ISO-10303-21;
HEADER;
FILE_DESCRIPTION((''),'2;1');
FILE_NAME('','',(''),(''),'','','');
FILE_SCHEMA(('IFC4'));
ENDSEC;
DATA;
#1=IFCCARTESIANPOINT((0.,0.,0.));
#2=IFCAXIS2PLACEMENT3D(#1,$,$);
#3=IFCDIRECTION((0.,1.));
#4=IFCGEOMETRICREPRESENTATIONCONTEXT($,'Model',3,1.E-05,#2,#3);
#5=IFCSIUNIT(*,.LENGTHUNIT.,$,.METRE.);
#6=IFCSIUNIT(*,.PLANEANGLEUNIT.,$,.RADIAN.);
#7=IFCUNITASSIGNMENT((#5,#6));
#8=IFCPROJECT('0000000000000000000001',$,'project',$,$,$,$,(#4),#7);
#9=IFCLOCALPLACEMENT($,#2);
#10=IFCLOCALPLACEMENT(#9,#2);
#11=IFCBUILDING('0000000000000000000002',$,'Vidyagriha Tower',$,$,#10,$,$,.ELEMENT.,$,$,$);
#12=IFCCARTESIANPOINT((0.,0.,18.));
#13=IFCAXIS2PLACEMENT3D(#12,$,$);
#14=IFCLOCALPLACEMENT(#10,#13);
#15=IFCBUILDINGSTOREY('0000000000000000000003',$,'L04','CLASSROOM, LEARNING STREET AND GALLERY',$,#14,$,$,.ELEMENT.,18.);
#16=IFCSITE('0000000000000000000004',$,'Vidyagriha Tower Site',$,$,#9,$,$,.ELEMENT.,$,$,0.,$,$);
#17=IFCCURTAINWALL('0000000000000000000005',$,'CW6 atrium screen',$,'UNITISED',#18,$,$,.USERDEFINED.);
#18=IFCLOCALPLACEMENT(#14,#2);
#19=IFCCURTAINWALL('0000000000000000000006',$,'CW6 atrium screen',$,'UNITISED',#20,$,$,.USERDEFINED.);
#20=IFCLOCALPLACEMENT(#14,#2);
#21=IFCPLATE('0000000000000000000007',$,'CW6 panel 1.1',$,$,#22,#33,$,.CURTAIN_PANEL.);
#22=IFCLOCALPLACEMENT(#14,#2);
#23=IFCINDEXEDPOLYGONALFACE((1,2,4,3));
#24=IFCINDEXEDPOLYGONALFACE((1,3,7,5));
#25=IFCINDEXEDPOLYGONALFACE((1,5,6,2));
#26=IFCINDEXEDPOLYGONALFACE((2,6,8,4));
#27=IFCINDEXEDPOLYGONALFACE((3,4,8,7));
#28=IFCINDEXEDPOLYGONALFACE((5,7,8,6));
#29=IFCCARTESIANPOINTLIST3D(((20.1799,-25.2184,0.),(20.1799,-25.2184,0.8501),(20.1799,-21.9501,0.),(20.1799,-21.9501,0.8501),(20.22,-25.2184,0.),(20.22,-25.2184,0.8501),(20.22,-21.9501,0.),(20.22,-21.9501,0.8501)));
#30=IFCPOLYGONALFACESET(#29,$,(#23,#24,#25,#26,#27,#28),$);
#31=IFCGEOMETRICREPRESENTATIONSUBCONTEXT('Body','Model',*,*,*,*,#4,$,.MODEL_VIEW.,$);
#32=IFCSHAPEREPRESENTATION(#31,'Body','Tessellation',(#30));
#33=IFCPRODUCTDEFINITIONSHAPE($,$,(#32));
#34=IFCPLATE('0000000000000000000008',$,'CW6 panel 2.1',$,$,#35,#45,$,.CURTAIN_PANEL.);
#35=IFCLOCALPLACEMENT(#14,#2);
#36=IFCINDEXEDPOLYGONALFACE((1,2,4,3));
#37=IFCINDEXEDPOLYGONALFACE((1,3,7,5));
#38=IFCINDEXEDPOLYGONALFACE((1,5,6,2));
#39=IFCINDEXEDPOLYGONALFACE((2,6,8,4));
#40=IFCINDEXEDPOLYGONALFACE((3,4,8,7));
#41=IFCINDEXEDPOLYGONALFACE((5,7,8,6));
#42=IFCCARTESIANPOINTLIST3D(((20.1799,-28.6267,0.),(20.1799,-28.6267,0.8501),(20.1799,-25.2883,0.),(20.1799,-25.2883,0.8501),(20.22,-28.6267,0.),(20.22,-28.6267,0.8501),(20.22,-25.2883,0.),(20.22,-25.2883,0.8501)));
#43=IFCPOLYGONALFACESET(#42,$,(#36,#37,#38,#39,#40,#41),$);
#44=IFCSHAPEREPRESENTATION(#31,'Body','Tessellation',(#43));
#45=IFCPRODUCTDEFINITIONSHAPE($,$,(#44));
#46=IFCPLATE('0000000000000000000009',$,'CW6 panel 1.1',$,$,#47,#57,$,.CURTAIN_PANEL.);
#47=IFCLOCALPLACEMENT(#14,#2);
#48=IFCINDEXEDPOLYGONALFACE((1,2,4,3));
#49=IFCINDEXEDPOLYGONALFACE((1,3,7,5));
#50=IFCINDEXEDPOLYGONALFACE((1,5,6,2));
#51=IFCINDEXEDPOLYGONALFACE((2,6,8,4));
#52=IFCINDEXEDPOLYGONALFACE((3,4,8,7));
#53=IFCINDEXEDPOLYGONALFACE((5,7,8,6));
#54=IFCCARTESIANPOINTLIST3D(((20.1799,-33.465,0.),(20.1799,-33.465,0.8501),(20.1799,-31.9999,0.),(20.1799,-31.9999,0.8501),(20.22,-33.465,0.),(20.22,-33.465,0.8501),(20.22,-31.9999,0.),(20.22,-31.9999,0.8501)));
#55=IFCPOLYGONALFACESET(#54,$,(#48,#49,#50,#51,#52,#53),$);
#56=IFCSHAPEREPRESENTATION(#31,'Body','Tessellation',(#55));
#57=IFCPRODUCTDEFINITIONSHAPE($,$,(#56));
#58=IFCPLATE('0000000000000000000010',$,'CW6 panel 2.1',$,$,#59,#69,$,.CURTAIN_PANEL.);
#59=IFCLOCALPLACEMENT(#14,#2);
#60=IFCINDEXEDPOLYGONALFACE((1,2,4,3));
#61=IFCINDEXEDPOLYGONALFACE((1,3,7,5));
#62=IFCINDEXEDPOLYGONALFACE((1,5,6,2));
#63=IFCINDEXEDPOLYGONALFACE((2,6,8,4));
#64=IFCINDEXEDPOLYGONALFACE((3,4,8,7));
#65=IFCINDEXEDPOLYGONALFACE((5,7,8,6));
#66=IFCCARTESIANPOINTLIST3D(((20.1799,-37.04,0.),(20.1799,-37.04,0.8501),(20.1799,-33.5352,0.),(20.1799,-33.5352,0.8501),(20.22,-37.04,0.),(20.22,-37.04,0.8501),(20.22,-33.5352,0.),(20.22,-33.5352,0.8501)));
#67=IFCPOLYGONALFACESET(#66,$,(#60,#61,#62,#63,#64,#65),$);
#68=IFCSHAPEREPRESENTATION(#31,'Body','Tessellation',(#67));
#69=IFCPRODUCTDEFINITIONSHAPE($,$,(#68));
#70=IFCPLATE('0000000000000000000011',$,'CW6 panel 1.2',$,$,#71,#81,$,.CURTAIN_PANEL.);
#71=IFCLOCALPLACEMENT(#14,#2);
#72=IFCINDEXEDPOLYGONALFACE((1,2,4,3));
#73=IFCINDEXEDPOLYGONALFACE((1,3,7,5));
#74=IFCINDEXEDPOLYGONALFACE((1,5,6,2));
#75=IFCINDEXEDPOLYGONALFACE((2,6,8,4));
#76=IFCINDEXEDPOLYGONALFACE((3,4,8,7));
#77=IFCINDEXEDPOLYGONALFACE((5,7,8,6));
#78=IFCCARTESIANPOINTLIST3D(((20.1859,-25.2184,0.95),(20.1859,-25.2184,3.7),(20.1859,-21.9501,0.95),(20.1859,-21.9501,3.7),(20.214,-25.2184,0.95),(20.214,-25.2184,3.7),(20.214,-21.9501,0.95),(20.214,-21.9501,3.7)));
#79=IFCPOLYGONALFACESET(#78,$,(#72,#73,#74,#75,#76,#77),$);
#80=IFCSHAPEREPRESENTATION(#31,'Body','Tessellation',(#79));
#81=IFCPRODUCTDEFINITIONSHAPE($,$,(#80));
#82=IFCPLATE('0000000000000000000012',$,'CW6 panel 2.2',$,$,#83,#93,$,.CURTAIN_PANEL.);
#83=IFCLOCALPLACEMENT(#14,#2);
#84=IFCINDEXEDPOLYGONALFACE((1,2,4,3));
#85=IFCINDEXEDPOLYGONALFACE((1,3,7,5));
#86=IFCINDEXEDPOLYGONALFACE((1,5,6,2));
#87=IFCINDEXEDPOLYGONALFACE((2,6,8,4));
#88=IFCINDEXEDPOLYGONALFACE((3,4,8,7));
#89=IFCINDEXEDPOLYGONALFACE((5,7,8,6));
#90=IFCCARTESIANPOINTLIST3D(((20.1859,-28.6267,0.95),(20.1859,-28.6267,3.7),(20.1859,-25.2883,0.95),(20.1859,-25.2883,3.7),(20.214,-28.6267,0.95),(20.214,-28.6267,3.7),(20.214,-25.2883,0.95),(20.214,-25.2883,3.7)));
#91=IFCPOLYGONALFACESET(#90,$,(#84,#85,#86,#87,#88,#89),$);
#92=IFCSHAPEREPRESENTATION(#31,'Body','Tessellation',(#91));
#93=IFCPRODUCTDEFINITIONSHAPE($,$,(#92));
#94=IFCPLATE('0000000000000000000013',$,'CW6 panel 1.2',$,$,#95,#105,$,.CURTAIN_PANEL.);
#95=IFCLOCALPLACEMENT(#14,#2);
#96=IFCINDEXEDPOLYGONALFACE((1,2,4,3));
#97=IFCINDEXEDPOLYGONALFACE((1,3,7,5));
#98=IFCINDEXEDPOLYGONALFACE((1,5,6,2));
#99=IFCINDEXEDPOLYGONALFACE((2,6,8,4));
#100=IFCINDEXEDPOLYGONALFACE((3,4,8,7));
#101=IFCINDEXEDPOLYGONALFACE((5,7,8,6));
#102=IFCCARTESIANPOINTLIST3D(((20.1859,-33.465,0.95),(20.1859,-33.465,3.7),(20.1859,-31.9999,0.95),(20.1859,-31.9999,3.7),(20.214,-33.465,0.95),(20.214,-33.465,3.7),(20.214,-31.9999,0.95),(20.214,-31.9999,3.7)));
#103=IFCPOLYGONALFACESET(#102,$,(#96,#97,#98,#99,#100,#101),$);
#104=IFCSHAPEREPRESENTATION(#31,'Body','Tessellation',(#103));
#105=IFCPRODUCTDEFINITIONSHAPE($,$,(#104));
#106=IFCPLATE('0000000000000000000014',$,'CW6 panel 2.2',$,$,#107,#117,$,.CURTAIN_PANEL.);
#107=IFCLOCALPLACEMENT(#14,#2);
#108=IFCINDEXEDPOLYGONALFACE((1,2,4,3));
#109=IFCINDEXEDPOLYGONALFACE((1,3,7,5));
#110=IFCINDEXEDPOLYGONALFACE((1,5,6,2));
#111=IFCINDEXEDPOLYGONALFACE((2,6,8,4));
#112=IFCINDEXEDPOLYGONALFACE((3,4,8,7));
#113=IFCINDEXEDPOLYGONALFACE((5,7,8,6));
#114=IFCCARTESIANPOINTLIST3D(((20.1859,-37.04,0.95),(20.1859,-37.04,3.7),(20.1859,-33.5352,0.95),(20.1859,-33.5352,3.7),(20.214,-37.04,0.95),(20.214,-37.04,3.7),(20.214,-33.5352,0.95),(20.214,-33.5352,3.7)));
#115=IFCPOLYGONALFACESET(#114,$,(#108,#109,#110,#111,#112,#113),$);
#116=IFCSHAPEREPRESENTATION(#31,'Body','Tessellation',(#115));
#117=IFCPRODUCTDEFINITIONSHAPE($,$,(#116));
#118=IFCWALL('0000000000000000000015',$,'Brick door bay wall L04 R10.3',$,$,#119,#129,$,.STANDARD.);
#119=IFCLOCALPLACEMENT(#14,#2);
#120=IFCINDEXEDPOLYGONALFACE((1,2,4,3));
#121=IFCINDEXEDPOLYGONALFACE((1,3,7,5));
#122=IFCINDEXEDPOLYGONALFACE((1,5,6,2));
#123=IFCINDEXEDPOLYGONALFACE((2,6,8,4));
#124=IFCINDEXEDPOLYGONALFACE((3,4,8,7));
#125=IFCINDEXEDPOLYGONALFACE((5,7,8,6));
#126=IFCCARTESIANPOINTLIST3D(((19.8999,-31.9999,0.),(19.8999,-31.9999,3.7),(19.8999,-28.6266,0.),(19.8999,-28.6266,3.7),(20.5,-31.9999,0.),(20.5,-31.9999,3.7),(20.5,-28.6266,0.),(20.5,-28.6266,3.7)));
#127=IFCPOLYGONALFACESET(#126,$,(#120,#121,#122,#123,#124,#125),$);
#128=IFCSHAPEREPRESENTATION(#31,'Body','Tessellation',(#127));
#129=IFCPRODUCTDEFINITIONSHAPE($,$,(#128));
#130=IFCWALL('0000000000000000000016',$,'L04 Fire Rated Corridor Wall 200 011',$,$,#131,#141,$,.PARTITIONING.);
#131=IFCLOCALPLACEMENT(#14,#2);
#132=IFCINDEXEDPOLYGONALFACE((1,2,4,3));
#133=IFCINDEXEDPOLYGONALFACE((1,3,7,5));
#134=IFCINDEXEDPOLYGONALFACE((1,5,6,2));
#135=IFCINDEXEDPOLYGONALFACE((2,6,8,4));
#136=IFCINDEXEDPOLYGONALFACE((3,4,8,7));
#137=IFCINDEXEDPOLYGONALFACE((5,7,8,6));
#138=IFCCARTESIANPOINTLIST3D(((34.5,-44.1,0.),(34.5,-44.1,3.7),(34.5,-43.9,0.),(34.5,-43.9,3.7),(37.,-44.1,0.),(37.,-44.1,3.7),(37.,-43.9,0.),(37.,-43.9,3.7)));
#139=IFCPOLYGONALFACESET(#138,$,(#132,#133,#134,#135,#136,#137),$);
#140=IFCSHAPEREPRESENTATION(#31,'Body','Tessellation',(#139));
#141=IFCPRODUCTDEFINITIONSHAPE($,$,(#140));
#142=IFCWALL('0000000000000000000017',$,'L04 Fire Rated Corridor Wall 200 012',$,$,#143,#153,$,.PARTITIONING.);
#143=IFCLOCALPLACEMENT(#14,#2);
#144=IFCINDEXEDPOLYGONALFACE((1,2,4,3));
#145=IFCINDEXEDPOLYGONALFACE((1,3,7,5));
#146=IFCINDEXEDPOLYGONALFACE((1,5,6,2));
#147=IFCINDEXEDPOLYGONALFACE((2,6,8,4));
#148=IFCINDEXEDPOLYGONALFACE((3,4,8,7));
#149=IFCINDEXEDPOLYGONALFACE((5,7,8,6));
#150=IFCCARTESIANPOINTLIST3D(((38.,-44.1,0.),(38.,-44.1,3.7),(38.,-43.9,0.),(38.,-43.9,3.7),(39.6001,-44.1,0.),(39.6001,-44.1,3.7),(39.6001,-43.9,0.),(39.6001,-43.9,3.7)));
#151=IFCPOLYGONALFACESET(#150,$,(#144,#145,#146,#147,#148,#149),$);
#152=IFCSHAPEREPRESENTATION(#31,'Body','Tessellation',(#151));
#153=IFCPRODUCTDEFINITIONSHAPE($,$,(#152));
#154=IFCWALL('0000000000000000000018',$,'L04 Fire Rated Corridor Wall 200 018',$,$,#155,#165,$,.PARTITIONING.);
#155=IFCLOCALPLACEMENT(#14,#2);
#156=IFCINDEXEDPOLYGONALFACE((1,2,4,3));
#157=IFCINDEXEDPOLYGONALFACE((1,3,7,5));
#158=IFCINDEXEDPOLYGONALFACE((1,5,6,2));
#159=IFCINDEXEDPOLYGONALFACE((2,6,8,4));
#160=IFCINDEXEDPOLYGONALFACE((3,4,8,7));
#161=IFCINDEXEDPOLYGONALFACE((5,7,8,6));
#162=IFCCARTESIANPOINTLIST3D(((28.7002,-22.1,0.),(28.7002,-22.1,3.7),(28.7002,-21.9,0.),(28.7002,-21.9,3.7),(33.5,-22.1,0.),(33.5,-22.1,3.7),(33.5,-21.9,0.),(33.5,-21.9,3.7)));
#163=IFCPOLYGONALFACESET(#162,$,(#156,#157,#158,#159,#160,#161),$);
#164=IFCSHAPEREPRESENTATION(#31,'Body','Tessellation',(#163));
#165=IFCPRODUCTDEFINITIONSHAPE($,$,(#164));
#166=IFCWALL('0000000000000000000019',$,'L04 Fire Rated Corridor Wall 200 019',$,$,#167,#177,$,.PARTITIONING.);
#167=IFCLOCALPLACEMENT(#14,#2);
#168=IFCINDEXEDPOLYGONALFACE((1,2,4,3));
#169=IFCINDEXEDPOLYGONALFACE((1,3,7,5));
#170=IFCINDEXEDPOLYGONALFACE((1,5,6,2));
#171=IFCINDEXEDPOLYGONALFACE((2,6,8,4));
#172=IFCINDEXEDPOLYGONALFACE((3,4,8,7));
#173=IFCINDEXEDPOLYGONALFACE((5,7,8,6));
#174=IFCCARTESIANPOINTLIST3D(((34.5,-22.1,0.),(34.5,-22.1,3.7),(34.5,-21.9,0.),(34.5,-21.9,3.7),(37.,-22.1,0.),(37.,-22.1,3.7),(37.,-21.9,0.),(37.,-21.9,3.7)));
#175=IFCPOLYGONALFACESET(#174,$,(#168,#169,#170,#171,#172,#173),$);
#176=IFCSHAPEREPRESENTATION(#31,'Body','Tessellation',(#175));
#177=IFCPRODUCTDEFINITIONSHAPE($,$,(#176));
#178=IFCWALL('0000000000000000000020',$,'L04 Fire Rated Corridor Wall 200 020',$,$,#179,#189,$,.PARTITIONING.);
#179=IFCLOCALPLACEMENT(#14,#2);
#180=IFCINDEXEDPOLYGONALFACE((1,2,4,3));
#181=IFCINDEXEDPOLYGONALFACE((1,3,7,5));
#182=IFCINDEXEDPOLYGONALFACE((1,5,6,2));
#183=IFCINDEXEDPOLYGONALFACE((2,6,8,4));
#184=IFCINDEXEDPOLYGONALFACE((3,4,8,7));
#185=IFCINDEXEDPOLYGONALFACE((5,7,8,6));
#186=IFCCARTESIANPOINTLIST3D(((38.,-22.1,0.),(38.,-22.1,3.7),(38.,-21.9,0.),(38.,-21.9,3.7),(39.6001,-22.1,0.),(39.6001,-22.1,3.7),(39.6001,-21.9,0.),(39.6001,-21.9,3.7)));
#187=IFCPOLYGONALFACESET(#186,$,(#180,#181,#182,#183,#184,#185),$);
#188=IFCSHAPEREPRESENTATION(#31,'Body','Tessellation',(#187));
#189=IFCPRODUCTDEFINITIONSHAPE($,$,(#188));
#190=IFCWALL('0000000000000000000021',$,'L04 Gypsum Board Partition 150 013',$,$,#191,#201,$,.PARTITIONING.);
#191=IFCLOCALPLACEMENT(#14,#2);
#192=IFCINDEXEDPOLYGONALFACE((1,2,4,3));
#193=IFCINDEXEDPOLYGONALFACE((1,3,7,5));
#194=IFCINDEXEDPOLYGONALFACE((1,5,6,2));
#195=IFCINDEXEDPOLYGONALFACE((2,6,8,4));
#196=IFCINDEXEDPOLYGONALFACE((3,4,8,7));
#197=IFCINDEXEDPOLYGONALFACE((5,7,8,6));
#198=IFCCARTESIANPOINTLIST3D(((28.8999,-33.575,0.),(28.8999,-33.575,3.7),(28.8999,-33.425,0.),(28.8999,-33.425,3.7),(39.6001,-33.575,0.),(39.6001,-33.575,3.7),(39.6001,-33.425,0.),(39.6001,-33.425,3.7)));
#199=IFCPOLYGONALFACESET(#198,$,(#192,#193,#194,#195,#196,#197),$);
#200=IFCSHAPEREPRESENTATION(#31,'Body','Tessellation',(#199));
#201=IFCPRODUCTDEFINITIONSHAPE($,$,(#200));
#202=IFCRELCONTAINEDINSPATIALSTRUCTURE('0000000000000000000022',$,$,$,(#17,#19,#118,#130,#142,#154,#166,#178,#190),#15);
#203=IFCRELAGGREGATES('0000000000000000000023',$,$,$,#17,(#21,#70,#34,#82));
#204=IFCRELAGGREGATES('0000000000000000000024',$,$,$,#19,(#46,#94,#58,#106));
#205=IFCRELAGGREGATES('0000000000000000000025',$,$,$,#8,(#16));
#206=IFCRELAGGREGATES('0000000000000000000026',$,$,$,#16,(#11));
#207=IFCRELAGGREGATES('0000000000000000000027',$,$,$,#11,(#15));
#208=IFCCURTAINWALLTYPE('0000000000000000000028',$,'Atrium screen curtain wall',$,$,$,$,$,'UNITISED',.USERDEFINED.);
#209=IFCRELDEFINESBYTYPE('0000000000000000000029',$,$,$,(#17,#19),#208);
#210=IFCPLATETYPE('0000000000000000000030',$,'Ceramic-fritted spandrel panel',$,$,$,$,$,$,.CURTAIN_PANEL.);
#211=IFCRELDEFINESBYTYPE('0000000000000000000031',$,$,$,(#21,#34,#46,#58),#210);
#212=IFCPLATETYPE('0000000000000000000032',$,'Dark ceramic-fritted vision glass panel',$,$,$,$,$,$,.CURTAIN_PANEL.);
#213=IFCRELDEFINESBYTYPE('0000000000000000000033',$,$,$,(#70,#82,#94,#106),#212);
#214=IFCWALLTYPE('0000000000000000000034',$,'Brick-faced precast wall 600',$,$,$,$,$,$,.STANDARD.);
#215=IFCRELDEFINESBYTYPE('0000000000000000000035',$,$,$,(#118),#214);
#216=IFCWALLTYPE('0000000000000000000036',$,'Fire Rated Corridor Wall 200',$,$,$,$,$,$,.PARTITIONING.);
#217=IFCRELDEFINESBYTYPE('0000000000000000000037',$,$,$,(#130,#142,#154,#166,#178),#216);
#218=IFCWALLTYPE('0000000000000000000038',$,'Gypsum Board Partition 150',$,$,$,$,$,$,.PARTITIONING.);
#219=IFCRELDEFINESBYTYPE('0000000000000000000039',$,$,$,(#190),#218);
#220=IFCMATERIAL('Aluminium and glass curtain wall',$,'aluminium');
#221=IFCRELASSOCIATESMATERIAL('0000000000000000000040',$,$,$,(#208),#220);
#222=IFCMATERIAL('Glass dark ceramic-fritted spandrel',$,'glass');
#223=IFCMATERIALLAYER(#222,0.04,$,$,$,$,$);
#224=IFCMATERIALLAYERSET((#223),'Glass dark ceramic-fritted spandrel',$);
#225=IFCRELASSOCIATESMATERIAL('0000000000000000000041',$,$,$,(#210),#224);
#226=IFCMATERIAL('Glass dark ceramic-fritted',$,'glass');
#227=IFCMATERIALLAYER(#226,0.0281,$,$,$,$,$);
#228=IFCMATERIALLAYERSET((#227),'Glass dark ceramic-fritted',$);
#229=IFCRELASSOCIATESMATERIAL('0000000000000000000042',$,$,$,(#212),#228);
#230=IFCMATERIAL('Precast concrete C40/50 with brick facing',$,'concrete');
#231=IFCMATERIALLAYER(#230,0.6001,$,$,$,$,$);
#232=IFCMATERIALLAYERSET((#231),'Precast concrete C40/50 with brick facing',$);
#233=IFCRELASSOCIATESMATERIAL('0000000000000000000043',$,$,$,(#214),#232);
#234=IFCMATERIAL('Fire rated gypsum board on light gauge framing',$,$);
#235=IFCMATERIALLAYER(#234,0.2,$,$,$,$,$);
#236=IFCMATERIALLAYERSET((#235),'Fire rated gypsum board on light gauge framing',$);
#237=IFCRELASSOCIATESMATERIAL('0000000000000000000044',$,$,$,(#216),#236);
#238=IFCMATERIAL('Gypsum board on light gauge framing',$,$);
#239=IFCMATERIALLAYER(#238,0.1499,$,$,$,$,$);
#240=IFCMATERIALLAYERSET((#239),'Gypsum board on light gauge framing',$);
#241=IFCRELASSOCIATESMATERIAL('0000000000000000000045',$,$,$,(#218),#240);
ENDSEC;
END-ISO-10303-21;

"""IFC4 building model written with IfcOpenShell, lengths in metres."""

from ifc_helpers import new_model, si_unit, direction, frame, frame_2d, origin, origin_2d, place, context, subcontext, project, spatial, rectangle, extrude, material, layer, layer_set, type_object, element, aggregate, save


model = new_model("IFC4")

# Units and contexts
model_context = context("Model", 3, precision=1e-05, world=origin(), true_north=direction((0.0, 1.0)))
body_context = subcontext(model_context, "Body", "Model", "MODEL_VIEW")
ifc_project = project(units=[si_unit("LENGTHUNIT", "METRE"), si_unit("PLANEANGLEUNIT", "RADIAN")], contexts=[model_context])

# Site, building, storey
site_placement = place(None, origin())
site = spatial("IfcSite", under=ifc_project, at=site_placement, Name="Vidyagriha Tower Site", CompositionType="ELEMENT", RefElevation=0.0)
building_placement = place(site_placement, origin())
building = spatial("IfcBuilding", under=site, at=building_placement, Name="Vidyagriha Tower", CompositionType="ELEMENT")
storey_placement = place(building_placement, frame((0.0, 0.0, 18.0)))
storey = spatial("IfcBuildingStorey", under=building, at=storey_placement, Name="L04", Description="CLASSROOM, LEARNING STREET AND GALLERY", CompositionType="ELEMENT", Elevation=18.0)

# Curtain walls
ifc_material_1 = material(Name="Aluminium and glass curtain wall", Category="aluminium")
curtain_wall_type = type_object("IfcCurtainWallType", Name="Atrium screen curtain wall", ElementType="UNITISED", PredefinedType="USERDEFINED", material=ifc_material_1)
curtain_wall_1_placement = place(storey_placement, origin())
curtain_wall_1 = element("IfcCurtainWall", 1, at=curtain_wall_1_placement, inside=storey, type_object=curtain_wall_type, Name="CW6 atrium screen", ObjectType="UNITISED", PredefinedType="USERDEFINED")
curtain_wall_2_placement = place(storey_placement, origin())
curtain_wall_2 = element("IfcCurtainWall", 2, at=curtain_wall_2_placement, inside=storey, type_object=curtain_wall_type, Name="CW6 atrium screen", ObjectType="UNITISED", PredefinedType="USERDEFINED")

# Plates
ifc_material_2 = material(Name="Glass dark ceramic-fritted spandrel", Category="glass")
ifc_layer_1 = layer(ifc_material_2, 0.04)
ifc_layer_set_1 = layer_set([ifc_layer_1], Name="Glass dark ceramic-fritted spandrel")
plate_type_1 = type_object("IfcPlateType", Name="Ceramic-fritted spandrel panel", PredefinedType="CURTAIN_PANEL", material=ifc_layer_set_1)
plate_1_placement = place(storey_placement, frame((20.2, -23.5842, 0.0), z_axis=(0.0, 0.0, 1.0), x_axis=(0.0, -1.0, 0.0)))
plate_1 = element("IfcPlate", 3, at=plate_1_placement, type_object=plate_type_1, Name="CW6 panel 1.1", PredefinedType="CURTAIN_PANEL", context=body_context, shape_type="SweptSolid", body=[
    extrude(rectangle(XDim=3.2683, YDim=0.04, at=origin_2d()), origin(), (0.0, 0.0, 1.0), 0.8501),
])
plate_2_placement = place(storey_placement, frame((20.2, -26.9575, 0.0), z_axis=(0.0, 0.0, 1.0), x_axis=(0.0, -1.0, 0.0)))
plate_2 = element("IfcPlate", 4, at=plate_2_placement, type_object=plate_type_1, Name="CW6 panel 2.1", PredefinedType="CURTAIN_PANEL", context=body_context, shape_type="SweptSolid", body=[
    extrude(rectangle(XDim=3.3384, YDim=0.04, at=origin_2d()), origin(), (0.0, 0.0, 1.0), 0.8501),
])
plate_3_placement = place(storey_placement, frame((20.2, -32.7324, 0.0), z_axis=(0.0, 0.0, 1.0), x_axis=(0.0, -1.0, 0.0)))
plate_3 = element("IfcPlate", 5, at=plate_3_placement, type_object=plate_type_1, Name="CW6 panel 1.1", PredefinedType="CURTAIN_PANEL", context=body_context, shape_type="SweptSolid", body=[
    extrude(rectangle(XDim=1.4651, YDim=0.04, at=origin_2d()), origin(), (0.0, 0.0, 1.0), 0.8501),
])
plate_4_placement = place(storey_placement, frame((20.2, -35.2876, 0.0), z_axis=(0.0, 0.0, 1.0), x_axis=(0.0, -1.0, 0.0)))
plate_4 = element("IfcPlate", 6, at=plate_4_placement, type_object=plate_type_1, Name="CW6 panel 2.1", PredefinedType="CURTAIN_PANEL", context=body_context, shape_type="SweptSolid", body=[
    extrude(rectangle(XDim=3.5049, YDim=0.04, at=origin_2d()), origin(), (0.0, 0.0, 1.0), 0.8501),
])
ifc_material_3 = material(Name="Glass dark ceramic-fritted", Category="glass")
ifc_layer_2 = layer(ifc_material_3, 0.0281)
ifc_layer_set_2 = layer_set([ifc_layer_2], Name="Glass dark ceramic-fritted")
plate_type_2 = type_object("IfcPlateType", Name="Dark ceramic-fritted vision glass panel", PredefinedType="CURTAIN_PANEL", material=ifc_layer_set_2)
plate_5_placement = place(storey_placement, frame((20.2, -23.5842, 0.95), z_axis=(0.0, 0.0, 1.0), x_axis=(0.0, -1.0, 0.0)))
plate_5 = element("IfcPlate", 7, at=plate_5_placement, type_object=plate_type_2, Name="CW6 panel 1.2", PredefinedType="CURTAIN_PANEL", context=body_context, shape_type="SweptSolid", body=[
    extrude(rectangle(XDim=3.2683, YDim=0.0281, at=origin_2d()), origin(), (0.0, 0.0, 1.0), 2.75),
])
plate_6_placement = place(storey_placement, frame((20.2, -26.9575, 0.95), z_axis=(0.0, 0.0, 1.0), x_axis=(0.0, -1.0, 0.0)))
plate_6 = element("IfcPlate", 8, at=plate_6_placement, type_object=plate_type_2, Name="CW6 panel 2.2", PredefinedType="CURTAIN_PANEL", context=body_context, shape_type="SweptSolid", body=[
    extrude(rectangle(XDim=3.3384, YDim=0.0281, at=origin_2d()), origin(), (0.0, 0.0, 1.0), 2.75),
])
aggregate(curtain_wall_1, [plate_1, plate_5, plate_2, plate_6])
plate_7_placement = place(storey_placement, frame((20.2, -32.7324, 0.95), z_axis=(0.0, 0.0, 1.0), x_axis=(0.0, -1.0, 0.0)))
plate_7 = element("IfcPlate", 9, at=plate_7_placement, type_object=plate_type_2, Name="CW6 panel 1.2", PredefinedType="CURTAIN_PANEL", context=body_context, shape_type="SweptSolid", body=[
    extrude(rectangle(XDim=1.4651, YDim=0.0281, at=origin_2d()), origin(), (0.0, 0.0, 1.0), 2.75),
])
plate_8_placement = place(storey_placement, frame((20.2, -35.2876, 0.95), z_axis=(0.0, 0.0, 1.0), x_axis=(0.0, -1.0, 0.0)))
plate_8 = element("IfcPlate", 10, at=plate_8_placement, type_object=plate_type_2, Name="CW6 panel 2.2", PredefinedType="CURTAIN_PANEL", context=body_context, shape_type="SweptSolid", body=[
    extrude(rectangle(XDim=3.5049, YDim=0.0281, at=origin_2d()), origin(), (0.0, 0.0, 1.0), 2.75),
])
aggregate(curtain_wall_2, [plate_3, plate_7, plate_4, plate_8])

# Walls
ifc_material_4 = material(Name="Precast concrete C40/50 with brick facing", Category="concrete")
ifc_layer_3 = layer(ifc_material_4, 0.6001)
ifc_layer_set_3 = layer_set([ifc_layer_3], Name="Precast concrete C40/50 with brick facing")
wall_type_1 = type_object("IfcWallType", Name="Brick-faced precast wall 600", PredefinedType="STANDARD", material=ifc_layer_set_3)
wall_1_placement = place(storey_placement, frame((20.2, -28.6267, 0.0), z_axis=(0.0, 0.0, 1.0), x_axis=(0.0, -1.0, 0.0)))
element("IfcWall", 11, at=wall_1_placement, inside=storey, type_object=wall_type_1, Name="Brick door bay wall L04 R10.3", PredefinedType="STANDARD", context=body_context, shape_type="SweptSolid", body=[
    extrude(rectangle(XDim=3.3733, YDim=0.6001, at=frame_2d((1.6865, 0.0))), origin(), (0.0, 0.0, 1.0), 3.7),
])
ifc_material_5 = material(Name="Fire rated gypsum board on light gauge framing")
ifc_layer_4 = layer(ifc_material_5, 0.2)
ifc_layer_set_4 = layer_set([ifc_layer_4], Name="Fire rated gypsum board on light gauge framing")
wall_type_2 = type_object("IfcWallType", Name="Fire Rated Corridor Wall 200", PredefinedType="PARTITIONING", material=ifc_layer_set_4)
wall_2_placement = place(storey_placement, frame((34.5, -44.0, 0.0)))
element("IfcWall", 12, at=wall_2_placement, inside=storey, type_object=wall_type_2, Name="L04 Fire Rated Corridor Wall 200 011", PredefinedType="PARTITIONING", context=body_context, shape_type="SweptSolid", body=[
    extrude(rectangle(XDim=2.5, YDim=0.2, at=frame_2d((1.25, 0.0))), origin(), (0.0, 0.0, 1.0), 3.7),
])
wall_3_placement = place(storey_placement, frame((38.0, -44.0, 0.0)))
element("IfcWall", 13, at=wall_3_placement, inside=storey, type_object=wall_type_2, Name="L04 Fire Rated Corridor Wall 200 012", PredefinedType="PARTITIONING", context=body_context, shape_type="SweptSolid", body=[
    extrude(rectangle(XDim=1.6001, YDim=0.2, at=frame_2d((0.8, 0.0))), origin(), (0.0, 0.0, 1.0), 3.7),
])
wall_4_placement = place(storey_placement, frame((28.7002, -22.0, 0.0)))
element("IfcWall", 14, at=wall_4_placement, inside=storey, type_object=wall_type_2, Name="L04 Fire Rated Corridor Wall 200 018", PredefinedType="PARTITIONING", context=body_context, shape_type="SweptSolid", body=[
    extrude(rectangle(XDim=4.7998, YDim=0.2, at=frame_2d((2.3999, 0.0))), origin(), (0.0, 0.0, 1.0), 3.7),
])
wall_5_placement = place(storey_placement, frame((34.5, -22.0, 0.0)))
element("IfcWall", 15, at=wall_5_placement, inside=storey, type_object=wall_type_2, Name="L04 Fire Rated Corridor Wall 200 019", PredefinedType="PARTITIONING", context=body_context, shape_type="SweptSolid", body=[
    extrude(rectangle(XDim=2.5, YDim=0.2, at=frame_2d((1.25, 0.0))), origin(), (0.0, 0.0, 1.0), 3.7),
])
wall_6_placement = place(storey_placement, frame((38.0, -22.0, 0.0)))
element("IfcWall", 16, at=wall_6_placement, inside=storey, type_object=wall_type_2, Name="L04 Fire Rated Corridor Wall 200 020", PredefinedType="PARTITIONING", context=body_context, shape_type="SweptSolid", body=[
    extrude(rectangle(XDim=1.6001, YDim=0.2, at=frame_2d((0.8, 0.0))), origin(), (0.0, 0.0, 1.0), 3.7),
])
ifc_material_6 = material(Name="Gypsum board on light gauge framing")
ifc_layer_5 = layer(ifc_material_6, 0.1499)
ifc_layer_set_5 = layer_set([ifc_layer_5], Name="Gypsum board on light gauge framing")
wall_type_3 = type_object("IfcWallType", Name="Gypsum Board Partition 150", PredefinedType="PARTITIONING", material=ifc_layer_set_5)
wall_7_placement = place(storey_placement, frame((28.8999, -33.5, 0.0)))
element("IfcWall", 17, at=wall_7_placement, inside=storey, type_object=wall_type_3, Name="L04 Gypsum Board Partition 150 013", PredefinedType="PARTITIONING", context=body_context, shape_type="SweptSolid", body=[
    extrude(rectangle(XDim=10.7002, YDim=0.1499, at=frame_2d((5.3501, 0.0))), origin(), (0.0, 0.0, 1.0), 3.7),
])

save(model, "model.ifc")
